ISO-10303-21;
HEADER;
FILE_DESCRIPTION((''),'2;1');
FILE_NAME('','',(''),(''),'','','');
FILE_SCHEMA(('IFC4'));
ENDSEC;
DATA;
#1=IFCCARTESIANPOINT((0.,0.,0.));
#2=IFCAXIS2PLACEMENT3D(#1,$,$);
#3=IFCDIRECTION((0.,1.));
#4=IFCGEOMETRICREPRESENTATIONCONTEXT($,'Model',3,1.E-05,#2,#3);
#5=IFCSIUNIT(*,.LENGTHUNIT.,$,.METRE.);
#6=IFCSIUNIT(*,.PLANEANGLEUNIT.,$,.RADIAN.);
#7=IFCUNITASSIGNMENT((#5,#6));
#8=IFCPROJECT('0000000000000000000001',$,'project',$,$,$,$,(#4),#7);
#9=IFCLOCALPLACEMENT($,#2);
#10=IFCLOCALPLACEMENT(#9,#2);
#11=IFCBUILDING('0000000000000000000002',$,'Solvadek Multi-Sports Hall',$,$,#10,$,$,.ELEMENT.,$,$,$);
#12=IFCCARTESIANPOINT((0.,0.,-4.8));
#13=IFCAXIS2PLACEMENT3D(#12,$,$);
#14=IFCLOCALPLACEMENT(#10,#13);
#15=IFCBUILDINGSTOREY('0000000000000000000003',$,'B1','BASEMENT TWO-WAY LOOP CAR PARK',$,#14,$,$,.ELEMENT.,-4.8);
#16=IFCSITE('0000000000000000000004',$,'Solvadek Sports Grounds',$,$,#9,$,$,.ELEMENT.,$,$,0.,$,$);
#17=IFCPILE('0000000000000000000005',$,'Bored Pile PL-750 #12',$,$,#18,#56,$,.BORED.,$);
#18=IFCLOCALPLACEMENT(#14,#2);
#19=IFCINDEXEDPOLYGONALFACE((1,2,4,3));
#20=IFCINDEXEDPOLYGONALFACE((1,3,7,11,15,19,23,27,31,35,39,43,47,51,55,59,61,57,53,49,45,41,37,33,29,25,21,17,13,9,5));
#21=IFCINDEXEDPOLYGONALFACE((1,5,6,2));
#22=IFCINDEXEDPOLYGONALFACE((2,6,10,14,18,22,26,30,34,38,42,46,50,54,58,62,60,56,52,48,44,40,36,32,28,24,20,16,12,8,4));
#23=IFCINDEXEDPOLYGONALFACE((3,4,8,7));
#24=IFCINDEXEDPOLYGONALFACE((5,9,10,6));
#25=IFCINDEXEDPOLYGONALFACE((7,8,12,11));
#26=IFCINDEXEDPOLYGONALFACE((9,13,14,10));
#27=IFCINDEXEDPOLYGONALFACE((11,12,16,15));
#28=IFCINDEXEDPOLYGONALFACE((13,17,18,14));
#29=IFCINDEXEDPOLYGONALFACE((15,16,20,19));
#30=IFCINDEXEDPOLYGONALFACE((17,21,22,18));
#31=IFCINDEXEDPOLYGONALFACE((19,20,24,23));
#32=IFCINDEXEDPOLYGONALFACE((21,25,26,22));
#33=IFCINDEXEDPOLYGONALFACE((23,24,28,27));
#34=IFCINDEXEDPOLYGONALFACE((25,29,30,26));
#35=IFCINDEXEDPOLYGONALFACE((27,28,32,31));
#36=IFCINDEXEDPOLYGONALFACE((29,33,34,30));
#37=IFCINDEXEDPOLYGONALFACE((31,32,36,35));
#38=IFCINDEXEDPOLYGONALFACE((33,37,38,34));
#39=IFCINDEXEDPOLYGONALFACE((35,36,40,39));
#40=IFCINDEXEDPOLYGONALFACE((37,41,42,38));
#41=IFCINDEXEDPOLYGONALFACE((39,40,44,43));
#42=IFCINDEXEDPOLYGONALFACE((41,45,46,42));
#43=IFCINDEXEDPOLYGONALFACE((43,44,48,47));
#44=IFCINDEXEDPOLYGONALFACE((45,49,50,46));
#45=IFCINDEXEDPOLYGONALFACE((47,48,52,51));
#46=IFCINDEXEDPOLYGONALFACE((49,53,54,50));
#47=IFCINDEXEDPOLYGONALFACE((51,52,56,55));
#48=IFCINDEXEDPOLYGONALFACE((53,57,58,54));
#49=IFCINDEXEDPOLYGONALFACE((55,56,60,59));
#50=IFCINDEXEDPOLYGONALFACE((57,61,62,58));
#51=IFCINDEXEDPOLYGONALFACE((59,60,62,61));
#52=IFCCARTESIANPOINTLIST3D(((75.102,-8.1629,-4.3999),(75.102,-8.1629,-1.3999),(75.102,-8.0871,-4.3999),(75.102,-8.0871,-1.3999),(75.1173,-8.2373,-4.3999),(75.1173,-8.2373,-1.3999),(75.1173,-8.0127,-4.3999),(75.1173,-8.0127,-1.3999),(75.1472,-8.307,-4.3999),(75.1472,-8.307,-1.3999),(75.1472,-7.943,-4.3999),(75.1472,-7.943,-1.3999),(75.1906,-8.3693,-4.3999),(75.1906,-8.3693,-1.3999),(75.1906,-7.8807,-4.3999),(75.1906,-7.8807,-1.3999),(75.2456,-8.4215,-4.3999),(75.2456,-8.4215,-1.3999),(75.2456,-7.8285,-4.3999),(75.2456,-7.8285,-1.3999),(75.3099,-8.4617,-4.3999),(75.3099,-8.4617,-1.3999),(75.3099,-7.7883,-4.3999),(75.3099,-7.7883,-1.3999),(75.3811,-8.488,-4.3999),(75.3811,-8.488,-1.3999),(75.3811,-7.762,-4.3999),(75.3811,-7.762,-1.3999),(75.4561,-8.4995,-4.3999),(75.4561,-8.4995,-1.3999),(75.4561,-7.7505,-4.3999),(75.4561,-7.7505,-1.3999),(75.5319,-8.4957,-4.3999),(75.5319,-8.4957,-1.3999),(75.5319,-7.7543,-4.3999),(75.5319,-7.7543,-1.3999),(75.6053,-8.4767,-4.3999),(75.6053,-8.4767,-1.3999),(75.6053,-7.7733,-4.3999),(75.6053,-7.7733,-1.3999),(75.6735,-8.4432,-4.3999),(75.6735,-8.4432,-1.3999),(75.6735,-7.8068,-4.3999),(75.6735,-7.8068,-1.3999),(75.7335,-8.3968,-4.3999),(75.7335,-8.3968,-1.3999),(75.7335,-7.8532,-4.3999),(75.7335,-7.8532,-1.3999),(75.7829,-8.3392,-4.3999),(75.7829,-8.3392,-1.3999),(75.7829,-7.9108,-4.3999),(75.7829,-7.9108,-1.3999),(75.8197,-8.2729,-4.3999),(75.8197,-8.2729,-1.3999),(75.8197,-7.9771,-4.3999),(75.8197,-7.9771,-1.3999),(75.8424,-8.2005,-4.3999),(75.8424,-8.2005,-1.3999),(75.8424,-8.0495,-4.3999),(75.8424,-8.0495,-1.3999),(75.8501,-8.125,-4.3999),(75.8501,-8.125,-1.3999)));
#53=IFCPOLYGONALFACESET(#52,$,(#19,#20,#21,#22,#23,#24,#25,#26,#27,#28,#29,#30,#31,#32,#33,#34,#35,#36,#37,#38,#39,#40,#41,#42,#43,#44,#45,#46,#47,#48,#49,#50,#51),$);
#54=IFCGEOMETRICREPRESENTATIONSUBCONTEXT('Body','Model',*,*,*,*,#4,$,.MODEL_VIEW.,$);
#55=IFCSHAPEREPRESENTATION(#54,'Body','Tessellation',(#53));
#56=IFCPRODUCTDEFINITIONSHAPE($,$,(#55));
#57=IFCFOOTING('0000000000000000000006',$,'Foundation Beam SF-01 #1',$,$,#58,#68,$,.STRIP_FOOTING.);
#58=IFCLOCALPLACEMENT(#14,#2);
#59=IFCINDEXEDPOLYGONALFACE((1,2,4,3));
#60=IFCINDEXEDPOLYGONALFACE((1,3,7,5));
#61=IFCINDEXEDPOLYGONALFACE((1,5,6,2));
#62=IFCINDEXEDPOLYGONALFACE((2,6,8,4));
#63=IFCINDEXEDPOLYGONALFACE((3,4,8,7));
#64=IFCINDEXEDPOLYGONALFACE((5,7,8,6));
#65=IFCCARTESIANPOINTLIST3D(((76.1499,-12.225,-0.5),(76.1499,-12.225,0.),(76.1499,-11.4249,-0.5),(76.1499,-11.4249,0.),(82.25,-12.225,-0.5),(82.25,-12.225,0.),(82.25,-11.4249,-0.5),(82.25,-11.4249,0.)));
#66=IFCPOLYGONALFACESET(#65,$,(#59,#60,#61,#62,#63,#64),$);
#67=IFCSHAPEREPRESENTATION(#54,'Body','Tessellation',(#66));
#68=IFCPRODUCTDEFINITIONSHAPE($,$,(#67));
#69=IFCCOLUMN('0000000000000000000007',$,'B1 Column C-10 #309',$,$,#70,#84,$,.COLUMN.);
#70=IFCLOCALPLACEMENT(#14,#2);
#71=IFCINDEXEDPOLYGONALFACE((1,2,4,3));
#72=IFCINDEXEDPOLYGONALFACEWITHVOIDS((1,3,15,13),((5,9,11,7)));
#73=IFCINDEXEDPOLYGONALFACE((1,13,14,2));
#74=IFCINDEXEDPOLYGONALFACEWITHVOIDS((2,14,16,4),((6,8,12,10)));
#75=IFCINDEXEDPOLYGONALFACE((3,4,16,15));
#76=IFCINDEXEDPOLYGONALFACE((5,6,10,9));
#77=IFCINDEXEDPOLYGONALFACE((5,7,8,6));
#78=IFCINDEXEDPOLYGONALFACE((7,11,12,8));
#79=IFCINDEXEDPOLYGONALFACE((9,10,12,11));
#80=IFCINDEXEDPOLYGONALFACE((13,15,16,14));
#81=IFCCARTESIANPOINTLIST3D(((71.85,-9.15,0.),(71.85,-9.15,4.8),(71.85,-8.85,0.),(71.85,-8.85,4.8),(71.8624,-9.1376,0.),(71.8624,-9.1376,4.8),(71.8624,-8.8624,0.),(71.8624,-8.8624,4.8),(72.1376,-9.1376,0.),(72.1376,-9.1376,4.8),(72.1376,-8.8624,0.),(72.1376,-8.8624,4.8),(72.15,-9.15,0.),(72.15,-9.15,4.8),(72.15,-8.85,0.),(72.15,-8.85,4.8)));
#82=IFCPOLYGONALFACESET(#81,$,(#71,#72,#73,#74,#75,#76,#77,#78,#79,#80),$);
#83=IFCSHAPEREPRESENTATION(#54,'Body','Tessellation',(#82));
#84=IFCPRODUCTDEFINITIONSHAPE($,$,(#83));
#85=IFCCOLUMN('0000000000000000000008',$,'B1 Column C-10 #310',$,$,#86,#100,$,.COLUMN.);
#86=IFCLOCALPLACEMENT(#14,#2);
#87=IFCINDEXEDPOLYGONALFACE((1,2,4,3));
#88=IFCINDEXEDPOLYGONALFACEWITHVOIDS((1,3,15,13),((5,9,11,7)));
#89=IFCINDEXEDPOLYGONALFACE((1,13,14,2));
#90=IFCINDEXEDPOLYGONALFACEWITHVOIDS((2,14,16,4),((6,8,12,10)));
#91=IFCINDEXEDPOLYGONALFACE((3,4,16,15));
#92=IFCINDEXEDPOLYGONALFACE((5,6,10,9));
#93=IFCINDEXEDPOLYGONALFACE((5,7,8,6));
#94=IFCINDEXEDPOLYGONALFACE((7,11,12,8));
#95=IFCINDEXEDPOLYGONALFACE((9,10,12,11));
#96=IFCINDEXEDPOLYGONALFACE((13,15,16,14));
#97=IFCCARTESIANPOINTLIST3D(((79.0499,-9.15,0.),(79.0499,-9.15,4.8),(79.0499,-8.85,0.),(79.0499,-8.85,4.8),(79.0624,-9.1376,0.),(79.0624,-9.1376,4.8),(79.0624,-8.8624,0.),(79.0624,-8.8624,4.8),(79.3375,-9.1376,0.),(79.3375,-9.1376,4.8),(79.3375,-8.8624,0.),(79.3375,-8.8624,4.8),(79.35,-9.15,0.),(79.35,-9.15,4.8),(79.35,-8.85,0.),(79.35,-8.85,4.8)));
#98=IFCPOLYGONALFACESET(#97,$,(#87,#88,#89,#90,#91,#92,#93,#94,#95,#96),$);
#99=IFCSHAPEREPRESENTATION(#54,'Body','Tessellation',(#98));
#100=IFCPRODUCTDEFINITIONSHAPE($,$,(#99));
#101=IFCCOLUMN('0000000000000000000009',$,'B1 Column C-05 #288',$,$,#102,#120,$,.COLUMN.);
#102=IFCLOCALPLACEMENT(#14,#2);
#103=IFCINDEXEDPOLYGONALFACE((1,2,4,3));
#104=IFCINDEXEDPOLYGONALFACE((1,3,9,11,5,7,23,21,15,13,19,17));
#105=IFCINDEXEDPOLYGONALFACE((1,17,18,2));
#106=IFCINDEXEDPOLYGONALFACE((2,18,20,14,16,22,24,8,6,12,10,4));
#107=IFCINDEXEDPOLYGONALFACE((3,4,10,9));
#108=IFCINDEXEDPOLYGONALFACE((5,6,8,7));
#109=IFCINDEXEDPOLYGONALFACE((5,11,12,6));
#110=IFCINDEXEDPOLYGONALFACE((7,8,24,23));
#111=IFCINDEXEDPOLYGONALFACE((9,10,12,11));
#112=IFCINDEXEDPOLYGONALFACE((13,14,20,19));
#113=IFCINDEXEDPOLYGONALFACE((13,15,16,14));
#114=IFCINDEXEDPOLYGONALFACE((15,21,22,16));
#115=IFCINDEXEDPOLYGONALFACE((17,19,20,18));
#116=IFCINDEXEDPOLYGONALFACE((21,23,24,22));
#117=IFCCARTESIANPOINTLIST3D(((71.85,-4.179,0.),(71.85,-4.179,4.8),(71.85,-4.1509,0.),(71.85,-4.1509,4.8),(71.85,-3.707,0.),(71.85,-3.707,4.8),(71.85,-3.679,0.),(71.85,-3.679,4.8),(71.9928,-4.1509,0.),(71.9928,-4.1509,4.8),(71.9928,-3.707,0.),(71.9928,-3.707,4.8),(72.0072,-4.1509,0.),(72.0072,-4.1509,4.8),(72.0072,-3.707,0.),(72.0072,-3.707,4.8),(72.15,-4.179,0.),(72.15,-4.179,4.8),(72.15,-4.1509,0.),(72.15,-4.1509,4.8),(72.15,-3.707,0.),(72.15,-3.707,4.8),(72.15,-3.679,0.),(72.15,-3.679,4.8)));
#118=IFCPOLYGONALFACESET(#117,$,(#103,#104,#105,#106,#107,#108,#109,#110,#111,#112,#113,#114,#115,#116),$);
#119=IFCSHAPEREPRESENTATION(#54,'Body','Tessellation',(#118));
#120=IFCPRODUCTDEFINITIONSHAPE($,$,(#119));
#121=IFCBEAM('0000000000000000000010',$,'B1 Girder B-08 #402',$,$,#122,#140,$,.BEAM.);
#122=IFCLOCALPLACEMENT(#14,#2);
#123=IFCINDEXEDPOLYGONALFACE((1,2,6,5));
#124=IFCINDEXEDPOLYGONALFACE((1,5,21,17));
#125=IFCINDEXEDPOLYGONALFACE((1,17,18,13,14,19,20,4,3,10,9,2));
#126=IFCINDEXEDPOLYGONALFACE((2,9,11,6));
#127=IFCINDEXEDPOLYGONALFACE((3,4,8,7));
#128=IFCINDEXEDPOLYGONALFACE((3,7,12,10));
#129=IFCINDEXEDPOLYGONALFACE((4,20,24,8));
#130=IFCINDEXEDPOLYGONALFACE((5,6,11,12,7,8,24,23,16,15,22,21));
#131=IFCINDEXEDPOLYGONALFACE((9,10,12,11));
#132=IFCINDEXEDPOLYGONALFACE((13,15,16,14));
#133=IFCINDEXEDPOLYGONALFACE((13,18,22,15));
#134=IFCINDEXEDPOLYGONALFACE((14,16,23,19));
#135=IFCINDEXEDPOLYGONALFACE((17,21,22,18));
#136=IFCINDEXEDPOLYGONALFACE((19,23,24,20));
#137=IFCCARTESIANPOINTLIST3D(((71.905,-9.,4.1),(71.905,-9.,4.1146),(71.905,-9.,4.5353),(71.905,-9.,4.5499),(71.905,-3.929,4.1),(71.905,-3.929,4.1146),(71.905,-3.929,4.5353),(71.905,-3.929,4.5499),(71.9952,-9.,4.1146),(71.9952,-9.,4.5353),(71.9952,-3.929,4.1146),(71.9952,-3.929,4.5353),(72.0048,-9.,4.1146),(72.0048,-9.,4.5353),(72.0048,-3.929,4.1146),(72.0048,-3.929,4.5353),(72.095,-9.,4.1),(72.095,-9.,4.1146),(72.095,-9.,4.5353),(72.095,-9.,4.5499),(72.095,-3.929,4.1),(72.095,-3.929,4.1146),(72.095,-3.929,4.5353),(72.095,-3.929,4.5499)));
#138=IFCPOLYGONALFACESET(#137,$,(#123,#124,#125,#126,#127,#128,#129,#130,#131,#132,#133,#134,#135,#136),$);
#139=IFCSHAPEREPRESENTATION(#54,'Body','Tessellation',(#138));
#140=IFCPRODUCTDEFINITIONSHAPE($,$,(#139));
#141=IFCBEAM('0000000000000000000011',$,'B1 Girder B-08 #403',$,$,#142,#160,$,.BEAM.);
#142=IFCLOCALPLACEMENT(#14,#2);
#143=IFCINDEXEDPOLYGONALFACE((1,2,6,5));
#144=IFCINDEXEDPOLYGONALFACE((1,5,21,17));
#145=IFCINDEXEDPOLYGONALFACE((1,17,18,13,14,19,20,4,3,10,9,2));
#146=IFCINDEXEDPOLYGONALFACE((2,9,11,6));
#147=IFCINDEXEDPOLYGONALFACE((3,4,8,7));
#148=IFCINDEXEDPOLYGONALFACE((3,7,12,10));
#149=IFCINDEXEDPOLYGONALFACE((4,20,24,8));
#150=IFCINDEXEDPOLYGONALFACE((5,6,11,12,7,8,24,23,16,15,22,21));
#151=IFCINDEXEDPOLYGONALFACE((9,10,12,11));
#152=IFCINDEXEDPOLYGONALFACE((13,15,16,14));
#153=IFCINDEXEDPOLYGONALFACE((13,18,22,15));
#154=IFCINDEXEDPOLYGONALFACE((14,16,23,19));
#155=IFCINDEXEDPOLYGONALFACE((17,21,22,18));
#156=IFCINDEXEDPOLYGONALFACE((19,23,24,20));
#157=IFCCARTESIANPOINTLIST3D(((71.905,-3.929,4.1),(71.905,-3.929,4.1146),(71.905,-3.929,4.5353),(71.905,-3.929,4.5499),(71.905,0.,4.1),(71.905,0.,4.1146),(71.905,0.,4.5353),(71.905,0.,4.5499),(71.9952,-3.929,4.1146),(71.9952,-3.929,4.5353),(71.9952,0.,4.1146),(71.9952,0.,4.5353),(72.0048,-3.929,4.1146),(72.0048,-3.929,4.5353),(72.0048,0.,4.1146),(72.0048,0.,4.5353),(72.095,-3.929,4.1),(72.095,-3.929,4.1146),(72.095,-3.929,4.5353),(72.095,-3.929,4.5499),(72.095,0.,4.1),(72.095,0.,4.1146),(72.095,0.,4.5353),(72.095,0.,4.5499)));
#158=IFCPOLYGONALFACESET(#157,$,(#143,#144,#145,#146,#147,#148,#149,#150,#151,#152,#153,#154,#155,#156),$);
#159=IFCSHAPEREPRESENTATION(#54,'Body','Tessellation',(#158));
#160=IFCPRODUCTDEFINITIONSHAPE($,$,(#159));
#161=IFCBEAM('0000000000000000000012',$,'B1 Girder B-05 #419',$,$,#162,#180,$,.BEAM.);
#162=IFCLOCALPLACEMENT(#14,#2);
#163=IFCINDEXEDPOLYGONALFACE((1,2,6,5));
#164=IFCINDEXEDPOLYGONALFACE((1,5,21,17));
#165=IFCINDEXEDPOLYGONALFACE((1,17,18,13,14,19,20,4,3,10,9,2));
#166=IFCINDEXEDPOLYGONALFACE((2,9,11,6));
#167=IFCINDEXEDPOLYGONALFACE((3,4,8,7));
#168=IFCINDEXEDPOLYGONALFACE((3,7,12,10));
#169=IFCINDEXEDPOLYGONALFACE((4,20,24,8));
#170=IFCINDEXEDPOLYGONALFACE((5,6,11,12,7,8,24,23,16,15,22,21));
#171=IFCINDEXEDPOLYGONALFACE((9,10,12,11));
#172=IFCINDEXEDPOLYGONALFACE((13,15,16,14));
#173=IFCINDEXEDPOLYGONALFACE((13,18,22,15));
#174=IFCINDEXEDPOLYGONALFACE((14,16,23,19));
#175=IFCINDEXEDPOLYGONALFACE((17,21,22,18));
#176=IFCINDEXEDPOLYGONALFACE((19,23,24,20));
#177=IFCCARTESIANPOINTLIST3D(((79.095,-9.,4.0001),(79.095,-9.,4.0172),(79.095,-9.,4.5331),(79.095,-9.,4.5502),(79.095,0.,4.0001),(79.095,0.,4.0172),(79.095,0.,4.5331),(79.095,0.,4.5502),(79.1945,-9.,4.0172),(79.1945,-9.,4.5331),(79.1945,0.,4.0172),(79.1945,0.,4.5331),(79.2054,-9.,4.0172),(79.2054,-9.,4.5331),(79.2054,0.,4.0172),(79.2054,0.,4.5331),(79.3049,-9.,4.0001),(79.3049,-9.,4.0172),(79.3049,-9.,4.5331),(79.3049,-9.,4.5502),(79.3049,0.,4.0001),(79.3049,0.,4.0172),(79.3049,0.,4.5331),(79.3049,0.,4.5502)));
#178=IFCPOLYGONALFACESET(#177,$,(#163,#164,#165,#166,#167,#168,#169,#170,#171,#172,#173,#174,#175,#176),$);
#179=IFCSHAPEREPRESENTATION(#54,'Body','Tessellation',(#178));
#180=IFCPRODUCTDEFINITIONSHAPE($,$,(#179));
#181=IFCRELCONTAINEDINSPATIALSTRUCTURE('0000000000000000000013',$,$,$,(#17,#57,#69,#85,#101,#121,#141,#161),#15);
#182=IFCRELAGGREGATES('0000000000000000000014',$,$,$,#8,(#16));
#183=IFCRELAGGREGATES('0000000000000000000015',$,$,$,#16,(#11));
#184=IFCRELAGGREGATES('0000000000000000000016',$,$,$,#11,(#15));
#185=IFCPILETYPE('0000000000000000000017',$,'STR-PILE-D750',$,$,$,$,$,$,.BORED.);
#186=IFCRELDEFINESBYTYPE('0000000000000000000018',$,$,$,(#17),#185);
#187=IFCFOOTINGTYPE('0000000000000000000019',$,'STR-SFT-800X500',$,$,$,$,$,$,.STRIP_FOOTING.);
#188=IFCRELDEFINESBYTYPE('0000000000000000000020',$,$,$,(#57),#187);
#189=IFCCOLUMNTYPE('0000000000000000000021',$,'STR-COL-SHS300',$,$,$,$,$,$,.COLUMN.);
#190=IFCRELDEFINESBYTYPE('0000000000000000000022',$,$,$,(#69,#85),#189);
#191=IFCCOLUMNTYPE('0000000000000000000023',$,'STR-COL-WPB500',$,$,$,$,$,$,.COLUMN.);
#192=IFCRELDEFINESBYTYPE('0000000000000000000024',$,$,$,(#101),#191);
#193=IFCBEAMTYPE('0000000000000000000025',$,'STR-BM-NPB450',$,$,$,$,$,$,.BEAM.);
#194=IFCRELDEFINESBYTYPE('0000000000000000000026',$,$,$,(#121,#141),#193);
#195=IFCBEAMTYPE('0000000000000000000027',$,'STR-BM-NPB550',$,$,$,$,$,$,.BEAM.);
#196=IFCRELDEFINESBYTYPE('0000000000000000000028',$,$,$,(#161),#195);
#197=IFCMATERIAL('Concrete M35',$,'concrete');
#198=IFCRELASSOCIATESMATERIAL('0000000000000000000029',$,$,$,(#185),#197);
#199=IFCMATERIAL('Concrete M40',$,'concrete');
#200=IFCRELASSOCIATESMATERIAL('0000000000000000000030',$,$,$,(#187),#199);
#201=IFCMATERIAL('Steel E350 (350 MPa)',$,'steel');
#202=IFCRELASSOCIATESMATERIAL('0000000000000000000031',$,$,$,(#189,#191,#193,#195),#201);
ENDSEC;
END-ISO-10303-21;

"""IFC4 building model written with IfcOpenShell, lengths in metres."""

from ifc_helpers import new_model, si_unit, direction, frame, origin, origin_2d, place, context, subcontext, project, spatial, rectangle, hollow_rectangle, circle, i_section, extrude, material, material_profile, profile_set, type_object, element, save


model = new_model("IFC4")

# Units and contexts
model_context = context("Model", 3, precision=1e-05, world=origin(), true_north=direction((0.0, 1.0)))
body_context = subcontext(model_context, "Body", "Model", "MODEL_VIEW")
ifc_project = project(units=[si_unit("LENGTHUNIT", "METRE"), si_unit("PLANEANGLEUNIT", "RADIAN")], contexts=[model_context])

# Site, building, storey
site_placement = place(None, origin())
site = spatial("IfcSite", under=ifc_project, at=site_placement, Name="Solvadek Sports Grounds", CompositionType="ELEMENT", RefElevation=0.0)
building_placement = place(site_placement, origin())
building = spatial("IfcBuilding", under=site, at=building_placement, Name="Solvadek Multi-Sports Hall", CompositionType="ELEMENT")
storey_placement = place(building_placement, frame((0.0, 0.0, -4.8)))
storey = spatial("IfcBuildingStorey", under=building, at=storey_placement, Name="B1", Description="BASEMENT TWO-WAY LOOP CAR PARK", CompositionType="ELEMENT", Elevation=-4.8)

# Shared definitions
ifc_material_1 = material(Name="Concrete M40", Category="concrete")

# Pile
ifc_material_2 = material(Name="Concrete M35", Category="concrete")
ifc_material_profile_1 = material_profile(ifc_material_2, circle(Radius=0.375, at=origin_2d()), Name="BORED PILE D750")
ifc_profile_set_1 = profile_set([ifc_material_profile_1], Name="Concrete M35")
pile_type_1 = type_object("IfcPileType", Name="STR-PILE-D750", PredefinedType="BORED", material=ifc_profile_set_1)
for number, where, z_axis, x_axis, name in (
    (1, (75.4751, -8.125, -1.3999), (0.0, 0.0, -1.0), (1.0, 0.0, 0.0), "Bored Pile PL-750 #12"),
):
    element("IfcPile", number, at=place(storey_placement, frame(where, z_axis=z_axis, x_axis=x_axis)), inside=storey, type_object=pile_type_1, Name=name, PredefinedType="BORED", context=body_context, shape_type="SweptSolid", body=[
        extrude(circle(Radius=0.375, at=origin_2d()), origin(), (0.0, 0.0, 1.0), 3.0),
    ])

# Footing
footing_type_1 = type_object("IfcFootingType", Name="STR-SFT-800X500", PredefinedType="STRIP_FOOTING", material=ifc_material_1)
footing_1_placement = place(storey_placement, frame((79.2, -11.825, -0.5), z_axis=(0.0, 0.0, 1.0), x_axis=(1.0, 0.0, 0.0)))
element("IfcFooting", 2, at=footing_1_placement, inside=storey, type_object=footing_type_1, Name="Foundation Beam SF-01 #1", PredefinedType="STRIP_FOOTING", context=body_context, shape_type="SweptSolid", body=[
    extrude(rectangle(XDim=6.1001, YDim=0.8, at=origin_2d()), origin(), (0.0, 0.0, 1.0), 0.5),
])

# Columns
ifc_material_3 = material(Name="Steel E350 (350 MPa)", Category="steel")
ifc_material_profile_2 = material_profile(ifc_material_3, hollow_rectangle(XDim=0.3, YDim=0.3, WallThickness=0.0125, at=origin_2d()), Name="SHS 300x300x12.5")
ifc_profile_set_2 = profile_set([ifc_material_profile_2], Name="Steel E350 (350 MPa)")
column_type_1 = type_object("IfcColumnType", Name="STR-COL-SHS300", PredefinedType="COLUMN", material=ifc_profile_set_2)
for number, where, z_axis, x_axis, name in (
    (3, (72.0, -9.0, 0.0), (0.0, 0.0, 1.0), (1.0, 0.0, 0.0), "B1 Column C-10 #309"),
    (4, (79.2, -9.0, 0.0), (0.0, 0.0, 1.0), (1.0, 0.0, 0.0), "B1 Column C-10 #310"),
):
    element("IfcColumn", number, at=place(storey_placement, frame(where, z_axis=z_axis, x_axis=x_axis)), inside=storey, type_object=column_type_1, Name=name, PredefinedType="COLUMN", context=body_context, shape_type="SweptSolid", body=[
        extrude(hollow_rectangle(XDim=0.3, YDim=0.3, WallThickness=0.0125, at=origin_2d()), origin(), (0.0, 0.0, 1.0), 4.8),
    ])
ifc_material_profile_3 = material_profile(ifc_material_3, i_section(OverallWidth=0.3, OverallDepth=0.5, WebThickness=0.0144, FlangeThickness=0.0281, at=origin_2d()), Name="WPB 500")
ifc_profile_set_3 = profile_set([ifc_material_profile_3], Name="Steel E350 (350 MPa)")
column_type_2 = type_object("IfcColumnType", Name="STR-COL-WPB500", PredefinedType="COLUMN", material=ifc_profile_set_3)
column_placement = place(storey_placement, frame((72.0, -3.929, 0.0), z_axis=(0.0, 0.0, 1.0), x_axis=(1.0, 0.0, 0.0)))
element("IfcColumn", 5, at=column_placement, inside=storey, type_object=column_type_2, Name="B1 Column C-05 #288", PredefinedType="COLUMN", context=body_context, shape_type="SweptSolid", body=[
    extrude(i_section(OverallWidth=0.3, OverallDepth=0.5, WebThickness=0.0144, FlangeThickness=0.0281, at=origin_2d()), origin(), (0.0, 0.0, 1.0), 4.8),
])

# Beams
ifc_material_profile_4 = material_profile(ifc_material_3, i_section(OverallWidth=0.1899, OverallDepth=0.45, WebThickness=0.0095, FlangeThickness=0.0146, at=origin_2d()), Name="NPB 450")
ifc_profile_set_4 = profile_set([ifc_material_profile_4], Name="Steel E350 (350 MPa)")
beam_type_1 = type_object("IfcBeamType", Name="STR-BM-NPB450", PredefinedType="BEAM", material=ifc_profile_set_4)
beam_1_placement = place(storey_placement, frame((72.0, -9.0, 4.325), z_axis=(0.0, 1.0, 0.0), x_axis=(-1.0, 0.0, 0.0)))
element("IfcBeam", 6, at=beam_1_placement, inside=storey, type_object=beam_type_1, Name="B1 Girder B-08 #402", PredefinedType="BEAM", context=body_context, shape_type="SweptSolid", body=[
    extrude(i_section(OverallWidth=0.1899, OverallDepth=0.45, WebThickness=0.0095, FlangeThickness=0.0146, at=origin_2d()), origin(), (0.0, 0.0, 1.0), 5.071),
])
beam_2_placement = place(storey_placement, frame((72.0, -3.929, 4.325), z_axis=(0.0, 1.0, 0.0), x_axis=(-1.0, 0.0, 0.0)))
element("IfcBeam", 7, at=beam_2_placement, inside=storey, type_object=beam_type_1, Name="B1 Girder B-08 #403", PredefinedType="BEAM", context=body_context, shape_type="SweptSolid", body=[
    extrude(i_section(OverallWidth=0.1899, OverallDepth=0.45, WebThickness=0.0095, FlangeThickness=0.0146, at=origin_2d()), origin(), (0.0, 0.0, 1.0), 3.929),
])
ifc_material_profile_5 = material_profile(ifc_material_3, i_section(OverallWidth=0.21, OverallDepth=0.55, WebThickness=0.011, FlangeThickness=0.0171, at=origin_2d()), Name="NPB 550")
ifc_profile_set_5 = profile_set([ifc_material_profile_5], Name="Steel E350 (350 MPa)")
beam_type_2 = type_object("IfcBeamType", Name="STR-BM-NPB550", PredefinedType="BEAM", material=ifc_profile_set_5)
beam_3_placement = place(storey_placement, frame((79.2, -9.0, 4.2751), z_axis=(0.0, 1.0, 0.0), x_axis=(-1.0, 0.0, 0.0)))
element("IfcBeam", 8, at=beam_3_placement, inside=storey, type_object=beam_type_2, Name="B1 Girder B-05 #419", PredefinedType="BEAM", context=body_context, shape_type="SweptSolid", body=[
    extrude(i_section(OverallWidth=0.21, OverallDepth=0.55, WebThickness=0.011, FlangeThickness=0.0171, at=origin_2d()), origin(), (0.0, 0.0, 1.0), 9.0),
])

save(model, "model.ifc")
